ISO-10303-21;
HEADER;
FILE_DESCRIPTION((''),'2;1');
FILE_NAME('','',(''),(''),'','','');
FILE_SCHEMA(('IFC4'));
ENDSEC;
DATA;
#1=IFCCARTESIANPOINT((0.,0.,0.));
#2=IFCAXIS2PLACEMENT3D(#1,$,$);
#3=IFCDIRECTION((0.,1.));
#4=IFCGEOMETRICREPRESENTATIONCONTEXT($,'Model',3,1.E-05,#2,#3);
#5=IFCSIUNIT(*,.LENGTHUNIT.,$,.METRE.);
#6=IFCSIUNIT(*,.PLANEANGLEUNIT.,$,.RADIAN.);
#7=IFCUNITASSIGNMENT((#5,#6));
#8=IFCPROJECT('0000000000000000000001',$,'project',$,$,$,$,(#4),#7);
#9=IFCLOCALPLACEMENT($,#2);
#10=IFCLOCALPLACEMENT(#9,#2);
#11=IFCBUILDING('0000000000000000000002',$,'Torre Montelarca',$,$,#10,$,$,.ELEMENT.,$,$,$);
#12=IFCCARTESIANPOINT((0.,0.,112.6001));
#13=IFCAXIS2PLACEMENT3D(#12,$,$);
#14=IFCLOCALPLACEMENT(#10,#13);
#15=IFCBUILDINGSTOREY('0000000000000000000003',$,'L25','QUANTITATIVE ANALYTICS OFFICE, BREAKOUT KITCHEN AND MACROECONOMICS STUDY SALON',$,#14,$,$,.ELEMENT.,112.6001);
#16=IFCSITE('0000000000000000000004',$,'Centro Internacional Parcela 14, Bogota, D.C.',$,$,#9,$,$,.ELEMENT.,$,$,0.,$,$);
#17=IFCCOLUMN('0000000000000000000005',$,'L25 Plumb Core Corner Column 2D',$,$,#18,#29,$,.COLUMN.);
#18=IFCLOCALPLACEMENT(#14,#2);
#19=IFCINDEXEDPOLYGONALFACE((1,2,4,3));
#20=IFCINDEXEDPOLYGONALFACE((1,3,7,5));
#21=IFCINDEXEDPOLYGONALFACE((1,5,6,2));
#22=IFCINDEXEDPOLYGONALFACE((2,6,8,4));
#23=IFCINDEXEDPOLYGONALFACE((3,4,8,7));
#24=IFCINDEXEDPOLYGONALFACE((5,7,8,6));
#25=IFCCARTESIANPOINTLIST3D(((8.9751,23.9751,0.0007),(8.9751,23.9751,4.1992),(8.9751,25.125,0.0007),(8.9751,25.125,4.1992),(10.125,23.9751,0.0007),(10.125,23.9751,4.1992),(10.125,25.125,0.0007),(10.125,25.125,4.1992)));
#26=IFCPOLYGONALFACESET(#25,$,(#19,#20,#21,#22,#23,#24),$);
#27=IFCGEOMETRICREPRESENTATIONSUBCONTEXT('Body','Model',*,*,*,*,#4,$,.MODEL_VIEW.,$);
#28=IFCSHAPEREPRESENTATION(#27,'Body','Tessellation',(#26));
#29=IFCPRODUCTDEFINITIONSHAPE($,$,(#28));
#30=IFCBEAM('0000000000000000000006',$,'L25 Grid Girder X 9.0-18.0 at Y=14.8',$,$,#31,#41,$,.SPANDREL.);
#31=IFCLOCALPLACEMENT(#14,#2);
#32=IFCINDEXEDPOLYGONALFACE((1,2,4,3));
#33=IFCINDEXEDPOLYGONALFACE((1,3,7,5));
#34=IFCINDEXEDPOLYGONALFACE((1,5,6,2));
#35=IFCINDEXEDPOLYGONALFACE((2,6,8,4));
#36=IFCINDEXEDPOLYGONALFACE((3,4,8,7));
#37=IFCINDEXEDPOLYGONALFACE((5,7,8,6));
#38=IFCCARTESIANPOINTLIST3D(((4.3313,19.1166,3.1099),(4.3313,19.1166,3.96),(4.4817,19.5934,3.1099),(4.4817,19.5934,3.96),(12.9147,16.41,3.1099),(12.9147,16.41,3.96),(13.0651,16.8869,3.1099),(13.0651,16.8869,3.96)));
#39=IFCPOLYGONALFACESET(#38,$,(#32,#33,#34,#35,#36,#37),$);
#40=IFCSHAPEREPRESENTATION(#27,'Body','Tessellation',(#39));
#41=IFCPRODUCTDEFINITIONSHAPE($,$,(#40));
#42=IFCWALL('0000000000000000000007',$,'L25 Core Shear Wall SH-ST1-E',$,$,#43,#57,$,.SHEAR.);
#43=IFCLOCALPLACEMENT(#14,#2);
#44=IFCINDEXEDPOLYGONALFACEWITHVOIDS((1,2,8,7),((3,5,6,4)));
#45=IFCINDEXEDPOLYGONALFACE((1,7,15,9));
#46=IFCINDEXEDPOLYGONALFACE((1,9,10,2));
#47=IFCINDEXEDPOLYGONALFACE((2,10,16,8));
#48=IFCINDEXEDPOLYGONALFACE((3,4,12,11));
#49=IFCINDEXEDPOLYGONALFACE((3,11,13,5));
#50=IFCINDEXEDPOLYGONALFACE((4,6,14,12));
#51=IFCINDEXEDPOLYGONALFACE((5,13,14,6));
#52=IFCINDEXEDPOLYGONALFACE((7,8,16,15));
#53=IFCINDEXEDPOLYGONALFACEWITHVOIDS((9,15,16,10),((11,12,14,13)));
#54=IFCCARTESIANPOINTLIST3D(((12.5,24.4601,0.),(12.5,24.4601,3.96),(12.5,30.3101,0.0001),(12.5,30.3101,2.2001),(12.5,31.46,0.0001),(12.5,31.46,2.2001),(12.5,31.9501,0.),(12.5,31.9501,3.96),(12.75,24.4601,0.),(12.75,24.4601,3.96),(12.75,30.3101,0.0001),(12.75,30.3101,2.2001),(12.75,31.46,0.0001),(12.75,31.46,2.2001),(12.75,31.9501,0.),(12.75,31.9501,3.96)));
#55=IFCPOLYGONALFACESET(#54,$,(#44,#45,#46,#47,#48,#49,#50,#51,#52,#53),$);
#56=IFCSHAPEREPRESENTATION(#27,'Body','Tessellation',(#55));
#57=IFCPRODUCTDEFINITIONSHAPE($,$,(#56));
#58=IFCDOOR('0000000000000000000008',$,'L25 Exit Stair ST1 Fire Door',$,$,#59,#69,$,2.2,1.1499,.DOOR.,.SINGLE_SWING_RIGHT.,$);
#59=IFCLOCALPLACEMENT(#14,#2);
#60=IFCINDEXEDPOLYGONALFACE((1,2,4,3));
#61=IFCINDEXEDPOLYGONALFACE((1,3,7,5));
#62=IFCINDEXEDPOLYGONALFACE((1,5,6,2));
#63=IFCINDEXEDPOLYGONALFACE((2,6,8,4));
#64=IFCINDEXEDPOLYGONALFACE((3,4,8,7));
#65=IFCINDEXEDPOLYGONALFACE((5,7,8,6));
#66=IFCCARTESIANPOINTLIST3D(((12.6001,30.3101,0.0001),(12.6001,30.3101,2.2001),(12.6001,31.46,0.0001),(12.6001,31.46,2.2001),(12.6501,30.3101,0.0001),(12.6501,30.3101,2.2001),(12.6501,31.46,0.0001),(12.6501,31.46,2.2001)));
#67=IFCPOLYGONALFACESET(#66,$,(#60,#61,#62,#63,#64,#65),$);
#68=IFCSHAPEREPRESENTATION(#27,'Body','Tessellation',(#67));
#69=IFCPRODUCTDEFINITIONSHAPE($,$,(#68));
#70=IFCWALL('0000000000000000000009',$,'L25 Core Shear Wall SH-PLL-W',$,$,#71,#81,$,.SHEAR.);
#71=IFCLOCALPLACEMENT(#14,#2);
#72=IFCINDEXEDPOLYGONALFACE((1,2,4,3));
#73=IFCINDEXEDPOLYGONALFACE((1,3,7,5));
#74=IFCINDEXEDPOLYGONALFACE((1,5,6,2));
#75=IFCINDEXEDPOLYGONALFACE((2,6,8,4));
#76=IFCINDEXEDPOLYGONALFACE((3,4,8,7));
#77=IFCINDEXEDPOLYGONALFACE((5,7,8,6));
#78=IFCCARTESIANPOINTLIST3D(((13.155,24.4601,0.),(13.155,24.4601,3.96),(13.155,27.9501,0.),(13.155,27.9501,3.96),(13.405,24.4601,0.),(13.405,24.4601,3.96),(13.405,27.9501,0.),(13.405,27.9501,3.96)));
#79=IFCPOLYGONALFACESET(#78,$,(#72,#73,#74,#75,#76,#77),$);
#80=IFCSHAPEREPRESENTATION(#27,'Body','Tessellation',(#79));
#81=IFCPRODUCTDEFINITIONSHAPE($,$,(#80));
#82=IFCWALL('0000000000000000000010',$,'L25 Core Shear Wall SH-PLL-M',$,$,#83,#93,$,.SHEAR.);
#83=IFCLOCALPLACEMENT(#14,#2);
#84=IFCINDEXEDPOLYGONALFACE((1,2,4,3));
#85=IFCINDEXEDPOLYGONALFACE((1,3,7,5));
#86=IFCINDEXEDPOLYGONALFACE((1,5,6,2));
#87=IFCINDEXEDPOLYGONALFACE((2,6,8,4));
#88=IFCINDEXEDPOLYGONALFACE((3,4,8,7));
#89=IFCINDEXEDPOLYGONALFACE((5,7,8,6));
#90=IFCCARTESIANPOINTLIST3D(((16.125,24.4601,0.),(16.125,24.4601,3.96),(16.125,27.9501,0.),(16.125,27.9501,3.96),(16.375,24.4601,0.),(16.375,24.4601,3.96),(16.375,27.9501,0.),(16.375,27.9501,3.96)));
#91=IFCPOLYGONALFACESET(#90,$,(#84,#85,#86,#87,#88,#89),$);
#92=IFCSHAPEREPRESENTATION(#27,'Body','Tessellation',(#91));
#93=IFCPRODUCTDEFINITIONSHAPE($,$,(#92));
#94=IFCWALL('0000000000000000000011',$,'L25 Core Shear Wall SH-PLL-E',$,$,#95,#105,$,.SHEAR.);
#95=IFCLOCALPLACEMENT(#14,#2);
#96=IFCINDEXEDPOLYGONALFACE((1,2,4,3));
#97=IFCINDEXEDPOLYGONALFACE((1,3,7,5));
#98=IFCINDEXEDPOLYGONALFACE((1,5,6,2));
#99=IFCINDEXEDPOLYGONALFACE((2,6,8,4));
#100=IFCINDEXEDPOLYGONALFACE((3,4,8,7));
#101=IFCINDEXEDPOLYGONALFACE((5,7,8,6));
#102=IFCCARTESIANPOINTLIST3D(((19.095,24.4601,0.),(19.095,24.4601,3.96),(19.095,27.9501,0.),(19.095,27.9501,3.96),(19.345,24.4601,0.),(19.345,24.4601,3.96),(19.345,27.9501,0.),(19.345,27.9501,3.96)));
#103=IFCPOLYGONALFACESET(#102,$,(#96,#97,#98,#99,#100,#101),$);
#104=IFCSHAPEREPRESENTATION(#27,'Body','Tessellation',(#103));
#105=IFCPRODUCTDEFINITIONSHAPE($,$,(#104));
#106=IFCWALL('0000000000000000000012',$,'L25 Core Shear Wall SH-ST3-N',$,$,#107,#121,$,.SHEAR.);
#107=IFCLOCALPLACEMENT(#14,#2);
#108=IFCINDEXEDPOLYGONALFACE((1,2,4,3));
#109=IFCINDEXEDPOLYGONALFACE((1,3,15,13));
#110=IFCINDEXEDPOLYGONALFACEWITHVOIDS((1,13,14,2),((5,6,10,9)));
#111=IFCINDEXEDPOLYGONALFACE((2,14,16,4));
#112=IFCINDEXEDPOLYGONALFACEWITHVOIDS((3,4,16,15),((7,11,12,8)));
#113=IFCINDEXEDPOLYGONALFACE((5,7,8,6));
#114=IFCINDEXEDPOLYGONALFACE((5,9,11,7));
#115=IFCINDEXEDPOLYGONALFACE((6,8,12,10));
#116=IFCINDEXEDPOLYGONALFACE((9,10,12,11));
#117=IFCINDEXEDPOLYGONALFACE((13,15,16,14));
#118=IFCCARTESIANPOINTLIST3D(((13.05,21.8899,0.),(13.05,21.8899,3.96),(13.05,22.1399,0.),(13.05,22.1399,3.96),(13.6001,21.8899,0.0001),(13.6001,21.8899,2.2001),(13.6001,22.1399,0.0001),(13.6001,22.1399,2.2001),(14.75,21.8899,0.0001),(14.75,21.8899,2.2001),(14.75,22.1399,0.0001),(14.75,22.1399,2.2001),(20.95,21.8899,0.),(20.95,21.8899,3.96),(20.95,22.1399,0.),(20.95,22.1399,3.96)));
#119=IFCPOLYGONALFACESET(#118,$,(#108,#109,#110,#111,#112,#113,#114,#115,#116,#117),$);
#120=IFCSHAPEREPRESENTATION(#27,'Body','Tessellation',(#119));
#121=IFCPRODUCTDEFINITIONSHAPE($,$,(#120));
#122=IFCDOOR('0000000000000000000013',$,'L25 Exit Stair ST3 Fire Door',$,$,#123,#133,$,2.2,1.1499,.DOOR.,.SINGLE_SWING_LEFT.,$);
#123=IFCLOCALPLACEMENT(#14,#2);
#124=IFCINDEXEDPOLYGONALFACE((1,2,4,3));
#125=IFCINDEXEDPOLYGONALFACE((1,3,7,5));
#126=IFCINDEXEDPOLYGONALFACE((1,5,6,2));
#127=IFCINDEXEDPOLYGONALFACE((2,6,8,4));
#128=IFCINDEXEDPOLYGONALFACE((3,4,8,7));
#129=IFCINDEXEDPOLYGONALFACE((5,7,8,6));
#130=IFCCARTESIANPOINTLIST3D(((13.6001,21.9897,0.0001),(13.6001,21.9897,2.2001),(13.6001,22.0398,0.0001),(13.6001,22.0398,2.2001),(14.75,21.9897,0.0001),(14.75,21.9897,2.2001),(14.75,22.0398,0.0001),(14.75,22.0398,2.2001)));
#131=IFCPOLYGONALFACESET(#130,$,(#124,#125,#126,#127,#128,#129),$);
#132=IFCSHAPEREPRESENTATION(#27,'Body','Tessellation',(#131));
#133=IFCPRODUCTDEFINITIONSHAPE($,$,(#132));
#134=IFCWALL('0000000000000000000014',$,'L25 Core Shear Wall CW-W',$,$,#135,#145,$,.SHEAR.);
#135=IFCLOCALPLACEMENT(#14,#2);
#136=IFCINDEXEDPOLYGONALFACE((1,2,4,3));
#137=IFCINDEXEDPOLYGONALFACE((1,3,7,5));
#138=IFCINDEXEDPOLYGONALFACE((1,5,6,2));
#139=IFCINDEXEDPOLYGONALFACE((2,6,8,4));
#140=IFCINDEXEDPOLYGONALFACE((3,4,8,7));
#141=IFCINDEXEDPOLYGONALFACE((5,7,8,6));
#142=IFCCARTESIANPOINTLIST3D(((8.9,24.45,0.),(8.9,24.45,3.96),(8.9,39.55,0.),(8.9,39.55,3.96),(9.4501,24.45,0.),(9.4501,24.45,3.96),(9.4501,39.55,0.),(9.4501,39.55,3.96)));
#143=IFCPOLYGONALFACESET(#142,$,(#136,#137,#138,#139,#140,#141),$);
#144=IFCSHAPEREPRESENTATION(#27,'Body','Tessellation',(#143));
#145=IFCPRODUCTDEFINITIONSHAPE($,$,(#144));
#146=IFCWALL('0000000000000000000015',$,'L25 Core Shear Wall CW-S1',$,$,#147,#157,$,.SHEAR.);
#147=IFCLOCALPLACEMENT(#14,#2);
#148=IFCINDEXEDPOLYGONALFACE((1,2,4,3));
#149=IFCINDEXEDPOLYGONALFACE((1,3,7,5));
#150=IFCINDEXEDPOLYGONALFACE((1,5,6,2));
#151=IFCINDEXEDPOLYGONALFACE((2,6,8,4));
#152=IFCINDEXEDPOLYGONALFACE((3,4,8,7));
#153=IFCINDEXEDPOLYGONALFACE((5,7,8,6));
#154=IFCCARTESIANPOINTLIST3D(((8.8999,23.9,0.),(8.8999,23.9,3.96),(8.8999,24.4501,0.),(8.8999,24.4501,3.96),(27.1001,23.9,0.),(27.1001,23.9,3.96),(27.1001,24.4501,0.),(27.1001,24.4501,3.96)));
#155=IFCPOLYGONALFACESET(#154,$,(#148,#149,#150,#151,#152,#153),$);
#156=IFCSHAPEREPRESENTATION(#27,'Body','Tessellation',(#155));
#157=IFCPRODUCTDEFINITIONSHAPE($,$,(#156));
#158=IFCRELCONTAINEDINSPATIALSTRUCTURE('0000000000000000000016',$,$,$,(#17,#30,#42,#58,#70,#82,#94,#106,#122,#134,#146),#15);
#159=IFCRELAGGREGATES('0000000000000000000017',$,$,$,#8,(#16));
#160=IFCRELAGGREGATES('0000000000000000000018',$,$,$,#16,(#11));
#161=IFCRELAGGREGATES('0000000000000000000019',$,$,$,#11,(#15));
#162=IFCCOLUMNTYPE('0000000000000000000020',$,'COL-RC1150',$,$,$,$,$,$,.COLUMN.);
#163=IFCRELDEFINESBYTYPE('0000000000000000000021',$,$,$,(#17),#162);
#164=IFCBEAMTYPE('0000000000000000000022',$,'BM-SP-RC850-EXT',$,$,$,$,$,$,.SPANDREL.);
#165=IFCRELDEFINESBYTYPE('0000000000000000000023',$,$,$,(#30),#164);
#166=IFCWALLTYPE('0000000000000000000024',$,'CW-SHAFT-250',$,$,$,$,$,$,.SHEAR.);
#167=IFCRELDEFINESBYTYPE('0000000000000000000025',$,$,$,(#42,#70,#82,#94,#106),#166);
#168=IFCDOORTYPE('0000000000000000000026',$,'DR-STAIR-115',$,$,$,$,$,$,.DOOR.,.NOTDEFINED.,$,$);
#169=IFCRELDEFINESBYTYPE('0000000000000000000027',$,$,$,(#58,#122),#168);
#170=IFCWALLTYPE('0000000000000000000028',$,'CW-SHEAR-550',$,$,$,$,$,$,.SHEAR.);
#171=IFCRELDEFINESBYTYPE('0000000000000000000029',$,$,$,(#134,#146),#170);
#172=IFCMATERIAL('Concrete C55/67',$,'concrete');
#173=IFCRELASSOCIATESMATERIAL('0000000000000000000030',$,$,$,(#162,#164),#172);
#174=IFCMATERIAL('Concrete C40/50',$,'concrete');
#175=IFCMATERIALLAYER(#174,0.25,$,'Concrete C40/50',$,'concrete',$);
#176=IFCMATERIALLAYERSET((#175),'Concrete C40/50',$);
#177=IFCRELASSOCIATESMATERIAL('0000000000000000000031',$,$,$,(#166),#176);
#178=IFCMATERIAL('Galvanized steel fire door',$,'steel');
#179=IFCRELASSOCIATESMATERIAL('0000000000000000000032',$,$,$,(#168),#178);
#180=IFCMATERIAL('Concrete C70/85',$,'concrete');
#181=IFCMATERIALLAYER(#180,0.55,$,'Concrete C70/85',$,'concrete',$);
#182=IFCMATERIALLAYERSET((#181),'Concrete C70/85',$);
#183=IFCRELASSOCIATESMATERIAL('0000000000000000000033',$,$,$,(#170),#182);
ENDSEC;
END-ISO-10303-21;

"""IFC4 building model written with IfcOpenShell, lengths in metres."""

from ifc_helpers import new_model, si_unit, direction, frame, frame_2d, origin, origin_2d, place, context, subcontext, project, spatial, rectangle, extrude, source, transform, mapped, material, layer, layer_set, material_profile, profile_set, type_object, element, fill, save


model = new_model("IFC4")

# Units and contexts
model_context = context("Model", 3, precision=1e-05, world=origin(), true_north=direction((0.0, 1.0)))
body_context = subcontext(model_context, "Body", "Model", "MODEL_VIEW")
ifc_project = project(units=[si_unit("LENGTHUNIT", "METRE"), si_unit("PLANEANGLEUNIT", "RADIAN")], contexts=[model_context])

# Site, building, storey
site_placement = place(None, origin())
site = spatial("IfcSite", under=ifc_project, at=site_placement, Name="Centro Internacional Parcela 14, Bogota, D.C.", CompositionType="ELEMENT", RefElevation=0.0)
building_placement = place(site_placement, origin())
building = spatial("IfcBuilding", under=site, at=building_placement, Name="Torre Montelarca", CompositionType="ELEMENT")
storey_placement = place(building_placement, frame((0.0, 0.0, 112.6001)))
storey = spatial("IfcBuildingStorey", under=building, at=storey_placement, Name="L25", Description="QUANTITATIVE ANALYTICS OFFICE, BREAKOUT KITCHEN AND MACROECONOMICS STUDY SALON", CompositionType="ELEMENT", Elevation=112.6001)

# Column
ifc_material_1 = material(Name="Concrete C55/67", Category="concrete")
ifc_material_profile_1 = material_profile(ifc_material_1, rectangle(XDim=1.1499, YDim=1.1499, at=origin_2d()), Name="RC1150X1150", Category="concrete")
ifc_profile_set_1 = profile_set([ifc_material_profile_1], Name="Concrete C55/67")
column_type = type_object("IfcColumnType", Name="COL-RC1150", PredefinedType="COLUMN", material=ifc_profile_set_1)
shared_shape_1 = source(origin(), body_context, "Body", "SweptSolid", [
    extrude(rectangle(XDim=1.1499, YDim=1.1499, at=origin_2d()), origin(), (0.0, 0.0, 1.0), 4.1985),
])
column_placement = place(storey_placement, frame((9.55, 24.55, 0.0007), z_axis=(0.0, 0.0, 1.0), x_axis=(1.0, 0.0, 0.0)))
element("IfcColumn", 1, at=column_placement, inside=storey, type_object=column_type, Name="L25 Plumb Core Corner Column 2D", PredefinedType="COLUMN", context=body_context, shape_type="MappedRepresentation", body=[
    mapped(shared_shape_1, transform((0.0, 0.0, 0.0), scale=1.0)),
])

# Beam
ifc_material_profile_2 = material_profile(ifc_material_1, rectangle(XDim=0.5, YDim=0.8501, at=origin_2d()), Name="RCB500X850", Category="concrete")
ifc_profile_set_2 = profile_set([ifc_material_profile_2], Name="Concrete C55/67")
beam_type = type_object("IfcBeamType", Name="BM-SP-RC850-EXT", PredefinedType="SPANDREL", material=ifc_profile_set_2)
shared_shape_2 = source(origin(), body_context, "Body", "SweptSolid", [
    extrude(rectangle(XDim=0.5, YDim=0.8501, at=origin_2d()), origin(), (0.0, 0.0, 1.0), 9.0),
])
beam_placement = place(storey_placement, frame((4.4065, 19.355, 3.5349), z_axis=(0.953711, -0.300724, 0.0), x_axis=(0.300724, 0.953711, 0.0)))
element("IfcBeam", 2, at=beam_placement, inside=storey, type_object=beam_type, Name="L25 Grid Girder X 9.0-18.0 at Y=14.8", PredefinedType="SPANDREL", context=body_context, shape_type="MappedRepresentation", body=[
    mapped(shared_shape_2, transform((0.0, 0.0, 0.0), scale=1.0)),
])

# Wall, opening, door
ifc_material_2 = material(Name="Concrete C40/50", Category="concrete")
ifc_layer_1 = layer(ifc_material_2, 0.25, Name="Concrete C40/50", Category="concrete")
ifc_layer_set_1 = layer_set([ifc_layer_1], Name="Concrete C40/50")
wall_type_1 = type_object("IfcWallType", Name="CW-SHAFT-250", PredefinedType="SHEAR", material=ifc_layer_set_1)
wall_1_placement = place(storey_placement, frame((12.625, 24.46, 0.0), z_axis=(0.0, 0.0, 1.0), x_axis=(0.0, 1.0, 0.0)))
wall_1 = element("IfcWall", 3, at=wall_1_placement, inside=storey, type_object=wall_type_1, Name="L25 Core Shear Wall SH-ST1-E", PredefinedType="SHEAR", context=body_context, shape_type="SweptSolid", body=[
    extrude(rectangle(XDim=7.49, YDim=0.25, at=frame_2d((3.7451, 0.0))), origin(), (0.0, 0.0, 1.0), 3.96),
])
opening_1_placement = place(wall_1_placement, frame((5.8501, 0.0, 0.0)))
opening_1 = element("IfcOpeningElement", 4, at=opening_1_placement, cuts=wall_1, PredefinedType="OPENING", context=body_context, shape_type="SweptSolid", body=[
    extrude(rectangle(XDim=1.1499, YDim=2.2, at=frame_2d((0.575, 1.1001))), frame((0.0, 0.135, 0.0), z_axis=(0.0, -1.0, 0.0), x_axis=(1.0, 0.0, 0.0)), (0.0, 0.0, 1.0), 0.27),
])
ifc_material_3 = material(Name="Galvanized steel fire door", Category="steel")
door_type_1 = type_object("IfcDoorType", Name="DR-STAIR-115", OperationType="NOTDEFINED", PredefinedType="DOOR", material=ifc_material_3)
shared_shape_3 = source(origin(), body_context, "Body", "SweptSolid", [
    extrude(rectangle(XDim=1.1499, YDim=2.2, at=frame_2d((0.575, 1.1001))), frame((0.0, 0.0249, 0.0), z_axis=(0.0, -1.0, 0.0), x_axis=(1.0, 0.0, 0.0)), (0.0, 0.0, 1.0), 0.05),
])
door_1_placement = place(opening_1_placement, origin())
door_1 = element("IfcDoor", 5, at=door_1_placement, inside=storey, type_object=door_type_1, Name="L25 Exit Stair ST1 Fire Door", OperationType="SINGLE_SWING_RIGHT", OverallHeight=2.2, OverallWidth=1.1499, PredefinedType="DOOR", context=body_context, shape_type="MappedRepresentation", body=[
    mapped(shared_shape_3, transform((0.0, 0.0, 0.0), scale=1.0)),
])
fill(opening_1, door_1)

# Walls
for number, where, z_axis, x_axis, name in (
    (6, (13.28, 24.46, 0.0), (0.0, 0.0, 1.0), (0.0, 1.0, 0.0), "L25 Core Shear Wall SH-PLL-W"),
    (7, (16.25, 24.46, 0.0), (0.0, 0.0, 1.0), (0.0, 1.0, 0.0), "L25 Core Shear Wall SH-PLL-M"),
    (8, (19.22, 24.46, 0.0), (0.0, 0.0, 1.0), (0.0, 1.0, 0.0), "L25 Core Shear Wall SH-PLL-E"),
):
    element("IfcWall", number, at=place(storey_placement, frame(where, z_axis=z_axis, x_axis=x_axis)), inside=storey, type_object=wall_type_1, Name=name, PredefinedType="SHEAR", context=body_context, shape_type="SweptSolid", body=[
        extrude(rectangle(XDim=3.49, YDim=0.25, at=frame_2d((1.7451, 0.0))), origin(), (0.0, 0.0, 1.0), 3.96),
    ])

# Wall, opening, door
wall_2_placement = place(storey_placement, frame((13.05, 22.0149, 0.0), z_axis=(0.0, 0.0, 1.0), x_axis=(1.0, 0.0, 0.0)))
wall_2 = element("IfcWall", 9, at=wall_2_placement, inside=storey, type_object=wall_type_1, Name="L25 Core Shear Wall SH-ST3-N", PredefinedType="SHEAR", context=body_context, shape_type="SweptSolid", body=[
    extrude(rectangle(XDim=7.8999, YDim=0.25, at=frame_2d((3.95, 0.0))), origin(), (0.0, 0.0, 1.0), 3.96),
])
opening_2_placement = place(wall_2_placement, frame((0.55, 0.0, 0.0)))
opening_2 = element("IfcOpeningElement", 10, at=opening_2_placement, cuts=wall_2, PredefinedType="OPENING", context=body_context, shape_type="SweptSolid", body=[
    extrude(rectangle(XDim=1.1499, YDim=2.2, at=frame_2d((0.575, 1.1001))), frame((0.0, 0.135, 0.0), z_axis=(0.0, -1.0, 0.0), x_axis=(1.0, 0.0, 0.0)), (0.0, 0.0, 1.0), 0.27),
])
door_2_placement = place(opening_2_placement, origin())
door_2 = element("IfcDoor", 11, at=door_2_placement, inside=storey, type_object=door_type_1, Name="L25 Exit Stair ST3 Fire Door", OperationType="SINGLE_SWING_LEFT", OverallHeight=2.2, OverallWidth=1.1499, PredefinedType="DOOR", context=body_context, shape_type="MappedRepresentation", body=[
    mapped(shared_shape_3, transform((0.0, 0.0, 0.0), scale=1.0)),
])
fill(opening_2, door_2)

# Walls
ifc_material_4 = material(Name="Concrete C70/85", Category="concrete")
ifc_layer_2 = layer(ifc_material_4, 0.55, Name="Concrete C70/85", Category="concrete")
ifc_layer_set_2 = layer_set([ifc_layer_2], Name="Concrete C70/85")
wall_type_2 = type_object("IfcWallType", Name="CW-SHEAR-550", PredefinedType="SHEAR", material=ifc_layer_set_2)
wall_3_placement = place(storey_placement, frame((9.175, 24.45, 0.0), z_axis=(0.0, 0.0, 1.0), x_axis=(0.0, 1.0, 0.0)))
element("IfcWall", 12, at=wall_3_placement, inside=storey, type_object=wall_type_2, Name="L25 Core Shear Wall CW-W", PredefinedType="SHEAR", context=body_context, shape_type="SweptSolid", body=[
    extrude(rectangle(XDim=15.1001, YDim=0.55, at=frame_2d((7.55, 0.0))), origin(), (0.0, 0.0, 1.0), 3.96),
])
wall_4_placement = place(storey_placement, frame((8.8999, 24.175, 0.0), z_axis=(0.0, 0.0, 1.0), x_axis=(1.0, 0.0, 0.0)))
element("IfcWall", 13, at=wall_4_placement, inside=storey, type_object=wall_type_2, Name="L25 Core Shear Wall CW-S1", PredefinedType="SHEAR", context=body_context, shape_type="SweptSolid", body=[
    extrude(rectangle(XDim=18.2002, YDim=0.55, at=frame_2d((9.1001, 0.0))), origin(), (0.0, 0.0, 1.0), 3.96),
])

save(model, "model.ifc")
